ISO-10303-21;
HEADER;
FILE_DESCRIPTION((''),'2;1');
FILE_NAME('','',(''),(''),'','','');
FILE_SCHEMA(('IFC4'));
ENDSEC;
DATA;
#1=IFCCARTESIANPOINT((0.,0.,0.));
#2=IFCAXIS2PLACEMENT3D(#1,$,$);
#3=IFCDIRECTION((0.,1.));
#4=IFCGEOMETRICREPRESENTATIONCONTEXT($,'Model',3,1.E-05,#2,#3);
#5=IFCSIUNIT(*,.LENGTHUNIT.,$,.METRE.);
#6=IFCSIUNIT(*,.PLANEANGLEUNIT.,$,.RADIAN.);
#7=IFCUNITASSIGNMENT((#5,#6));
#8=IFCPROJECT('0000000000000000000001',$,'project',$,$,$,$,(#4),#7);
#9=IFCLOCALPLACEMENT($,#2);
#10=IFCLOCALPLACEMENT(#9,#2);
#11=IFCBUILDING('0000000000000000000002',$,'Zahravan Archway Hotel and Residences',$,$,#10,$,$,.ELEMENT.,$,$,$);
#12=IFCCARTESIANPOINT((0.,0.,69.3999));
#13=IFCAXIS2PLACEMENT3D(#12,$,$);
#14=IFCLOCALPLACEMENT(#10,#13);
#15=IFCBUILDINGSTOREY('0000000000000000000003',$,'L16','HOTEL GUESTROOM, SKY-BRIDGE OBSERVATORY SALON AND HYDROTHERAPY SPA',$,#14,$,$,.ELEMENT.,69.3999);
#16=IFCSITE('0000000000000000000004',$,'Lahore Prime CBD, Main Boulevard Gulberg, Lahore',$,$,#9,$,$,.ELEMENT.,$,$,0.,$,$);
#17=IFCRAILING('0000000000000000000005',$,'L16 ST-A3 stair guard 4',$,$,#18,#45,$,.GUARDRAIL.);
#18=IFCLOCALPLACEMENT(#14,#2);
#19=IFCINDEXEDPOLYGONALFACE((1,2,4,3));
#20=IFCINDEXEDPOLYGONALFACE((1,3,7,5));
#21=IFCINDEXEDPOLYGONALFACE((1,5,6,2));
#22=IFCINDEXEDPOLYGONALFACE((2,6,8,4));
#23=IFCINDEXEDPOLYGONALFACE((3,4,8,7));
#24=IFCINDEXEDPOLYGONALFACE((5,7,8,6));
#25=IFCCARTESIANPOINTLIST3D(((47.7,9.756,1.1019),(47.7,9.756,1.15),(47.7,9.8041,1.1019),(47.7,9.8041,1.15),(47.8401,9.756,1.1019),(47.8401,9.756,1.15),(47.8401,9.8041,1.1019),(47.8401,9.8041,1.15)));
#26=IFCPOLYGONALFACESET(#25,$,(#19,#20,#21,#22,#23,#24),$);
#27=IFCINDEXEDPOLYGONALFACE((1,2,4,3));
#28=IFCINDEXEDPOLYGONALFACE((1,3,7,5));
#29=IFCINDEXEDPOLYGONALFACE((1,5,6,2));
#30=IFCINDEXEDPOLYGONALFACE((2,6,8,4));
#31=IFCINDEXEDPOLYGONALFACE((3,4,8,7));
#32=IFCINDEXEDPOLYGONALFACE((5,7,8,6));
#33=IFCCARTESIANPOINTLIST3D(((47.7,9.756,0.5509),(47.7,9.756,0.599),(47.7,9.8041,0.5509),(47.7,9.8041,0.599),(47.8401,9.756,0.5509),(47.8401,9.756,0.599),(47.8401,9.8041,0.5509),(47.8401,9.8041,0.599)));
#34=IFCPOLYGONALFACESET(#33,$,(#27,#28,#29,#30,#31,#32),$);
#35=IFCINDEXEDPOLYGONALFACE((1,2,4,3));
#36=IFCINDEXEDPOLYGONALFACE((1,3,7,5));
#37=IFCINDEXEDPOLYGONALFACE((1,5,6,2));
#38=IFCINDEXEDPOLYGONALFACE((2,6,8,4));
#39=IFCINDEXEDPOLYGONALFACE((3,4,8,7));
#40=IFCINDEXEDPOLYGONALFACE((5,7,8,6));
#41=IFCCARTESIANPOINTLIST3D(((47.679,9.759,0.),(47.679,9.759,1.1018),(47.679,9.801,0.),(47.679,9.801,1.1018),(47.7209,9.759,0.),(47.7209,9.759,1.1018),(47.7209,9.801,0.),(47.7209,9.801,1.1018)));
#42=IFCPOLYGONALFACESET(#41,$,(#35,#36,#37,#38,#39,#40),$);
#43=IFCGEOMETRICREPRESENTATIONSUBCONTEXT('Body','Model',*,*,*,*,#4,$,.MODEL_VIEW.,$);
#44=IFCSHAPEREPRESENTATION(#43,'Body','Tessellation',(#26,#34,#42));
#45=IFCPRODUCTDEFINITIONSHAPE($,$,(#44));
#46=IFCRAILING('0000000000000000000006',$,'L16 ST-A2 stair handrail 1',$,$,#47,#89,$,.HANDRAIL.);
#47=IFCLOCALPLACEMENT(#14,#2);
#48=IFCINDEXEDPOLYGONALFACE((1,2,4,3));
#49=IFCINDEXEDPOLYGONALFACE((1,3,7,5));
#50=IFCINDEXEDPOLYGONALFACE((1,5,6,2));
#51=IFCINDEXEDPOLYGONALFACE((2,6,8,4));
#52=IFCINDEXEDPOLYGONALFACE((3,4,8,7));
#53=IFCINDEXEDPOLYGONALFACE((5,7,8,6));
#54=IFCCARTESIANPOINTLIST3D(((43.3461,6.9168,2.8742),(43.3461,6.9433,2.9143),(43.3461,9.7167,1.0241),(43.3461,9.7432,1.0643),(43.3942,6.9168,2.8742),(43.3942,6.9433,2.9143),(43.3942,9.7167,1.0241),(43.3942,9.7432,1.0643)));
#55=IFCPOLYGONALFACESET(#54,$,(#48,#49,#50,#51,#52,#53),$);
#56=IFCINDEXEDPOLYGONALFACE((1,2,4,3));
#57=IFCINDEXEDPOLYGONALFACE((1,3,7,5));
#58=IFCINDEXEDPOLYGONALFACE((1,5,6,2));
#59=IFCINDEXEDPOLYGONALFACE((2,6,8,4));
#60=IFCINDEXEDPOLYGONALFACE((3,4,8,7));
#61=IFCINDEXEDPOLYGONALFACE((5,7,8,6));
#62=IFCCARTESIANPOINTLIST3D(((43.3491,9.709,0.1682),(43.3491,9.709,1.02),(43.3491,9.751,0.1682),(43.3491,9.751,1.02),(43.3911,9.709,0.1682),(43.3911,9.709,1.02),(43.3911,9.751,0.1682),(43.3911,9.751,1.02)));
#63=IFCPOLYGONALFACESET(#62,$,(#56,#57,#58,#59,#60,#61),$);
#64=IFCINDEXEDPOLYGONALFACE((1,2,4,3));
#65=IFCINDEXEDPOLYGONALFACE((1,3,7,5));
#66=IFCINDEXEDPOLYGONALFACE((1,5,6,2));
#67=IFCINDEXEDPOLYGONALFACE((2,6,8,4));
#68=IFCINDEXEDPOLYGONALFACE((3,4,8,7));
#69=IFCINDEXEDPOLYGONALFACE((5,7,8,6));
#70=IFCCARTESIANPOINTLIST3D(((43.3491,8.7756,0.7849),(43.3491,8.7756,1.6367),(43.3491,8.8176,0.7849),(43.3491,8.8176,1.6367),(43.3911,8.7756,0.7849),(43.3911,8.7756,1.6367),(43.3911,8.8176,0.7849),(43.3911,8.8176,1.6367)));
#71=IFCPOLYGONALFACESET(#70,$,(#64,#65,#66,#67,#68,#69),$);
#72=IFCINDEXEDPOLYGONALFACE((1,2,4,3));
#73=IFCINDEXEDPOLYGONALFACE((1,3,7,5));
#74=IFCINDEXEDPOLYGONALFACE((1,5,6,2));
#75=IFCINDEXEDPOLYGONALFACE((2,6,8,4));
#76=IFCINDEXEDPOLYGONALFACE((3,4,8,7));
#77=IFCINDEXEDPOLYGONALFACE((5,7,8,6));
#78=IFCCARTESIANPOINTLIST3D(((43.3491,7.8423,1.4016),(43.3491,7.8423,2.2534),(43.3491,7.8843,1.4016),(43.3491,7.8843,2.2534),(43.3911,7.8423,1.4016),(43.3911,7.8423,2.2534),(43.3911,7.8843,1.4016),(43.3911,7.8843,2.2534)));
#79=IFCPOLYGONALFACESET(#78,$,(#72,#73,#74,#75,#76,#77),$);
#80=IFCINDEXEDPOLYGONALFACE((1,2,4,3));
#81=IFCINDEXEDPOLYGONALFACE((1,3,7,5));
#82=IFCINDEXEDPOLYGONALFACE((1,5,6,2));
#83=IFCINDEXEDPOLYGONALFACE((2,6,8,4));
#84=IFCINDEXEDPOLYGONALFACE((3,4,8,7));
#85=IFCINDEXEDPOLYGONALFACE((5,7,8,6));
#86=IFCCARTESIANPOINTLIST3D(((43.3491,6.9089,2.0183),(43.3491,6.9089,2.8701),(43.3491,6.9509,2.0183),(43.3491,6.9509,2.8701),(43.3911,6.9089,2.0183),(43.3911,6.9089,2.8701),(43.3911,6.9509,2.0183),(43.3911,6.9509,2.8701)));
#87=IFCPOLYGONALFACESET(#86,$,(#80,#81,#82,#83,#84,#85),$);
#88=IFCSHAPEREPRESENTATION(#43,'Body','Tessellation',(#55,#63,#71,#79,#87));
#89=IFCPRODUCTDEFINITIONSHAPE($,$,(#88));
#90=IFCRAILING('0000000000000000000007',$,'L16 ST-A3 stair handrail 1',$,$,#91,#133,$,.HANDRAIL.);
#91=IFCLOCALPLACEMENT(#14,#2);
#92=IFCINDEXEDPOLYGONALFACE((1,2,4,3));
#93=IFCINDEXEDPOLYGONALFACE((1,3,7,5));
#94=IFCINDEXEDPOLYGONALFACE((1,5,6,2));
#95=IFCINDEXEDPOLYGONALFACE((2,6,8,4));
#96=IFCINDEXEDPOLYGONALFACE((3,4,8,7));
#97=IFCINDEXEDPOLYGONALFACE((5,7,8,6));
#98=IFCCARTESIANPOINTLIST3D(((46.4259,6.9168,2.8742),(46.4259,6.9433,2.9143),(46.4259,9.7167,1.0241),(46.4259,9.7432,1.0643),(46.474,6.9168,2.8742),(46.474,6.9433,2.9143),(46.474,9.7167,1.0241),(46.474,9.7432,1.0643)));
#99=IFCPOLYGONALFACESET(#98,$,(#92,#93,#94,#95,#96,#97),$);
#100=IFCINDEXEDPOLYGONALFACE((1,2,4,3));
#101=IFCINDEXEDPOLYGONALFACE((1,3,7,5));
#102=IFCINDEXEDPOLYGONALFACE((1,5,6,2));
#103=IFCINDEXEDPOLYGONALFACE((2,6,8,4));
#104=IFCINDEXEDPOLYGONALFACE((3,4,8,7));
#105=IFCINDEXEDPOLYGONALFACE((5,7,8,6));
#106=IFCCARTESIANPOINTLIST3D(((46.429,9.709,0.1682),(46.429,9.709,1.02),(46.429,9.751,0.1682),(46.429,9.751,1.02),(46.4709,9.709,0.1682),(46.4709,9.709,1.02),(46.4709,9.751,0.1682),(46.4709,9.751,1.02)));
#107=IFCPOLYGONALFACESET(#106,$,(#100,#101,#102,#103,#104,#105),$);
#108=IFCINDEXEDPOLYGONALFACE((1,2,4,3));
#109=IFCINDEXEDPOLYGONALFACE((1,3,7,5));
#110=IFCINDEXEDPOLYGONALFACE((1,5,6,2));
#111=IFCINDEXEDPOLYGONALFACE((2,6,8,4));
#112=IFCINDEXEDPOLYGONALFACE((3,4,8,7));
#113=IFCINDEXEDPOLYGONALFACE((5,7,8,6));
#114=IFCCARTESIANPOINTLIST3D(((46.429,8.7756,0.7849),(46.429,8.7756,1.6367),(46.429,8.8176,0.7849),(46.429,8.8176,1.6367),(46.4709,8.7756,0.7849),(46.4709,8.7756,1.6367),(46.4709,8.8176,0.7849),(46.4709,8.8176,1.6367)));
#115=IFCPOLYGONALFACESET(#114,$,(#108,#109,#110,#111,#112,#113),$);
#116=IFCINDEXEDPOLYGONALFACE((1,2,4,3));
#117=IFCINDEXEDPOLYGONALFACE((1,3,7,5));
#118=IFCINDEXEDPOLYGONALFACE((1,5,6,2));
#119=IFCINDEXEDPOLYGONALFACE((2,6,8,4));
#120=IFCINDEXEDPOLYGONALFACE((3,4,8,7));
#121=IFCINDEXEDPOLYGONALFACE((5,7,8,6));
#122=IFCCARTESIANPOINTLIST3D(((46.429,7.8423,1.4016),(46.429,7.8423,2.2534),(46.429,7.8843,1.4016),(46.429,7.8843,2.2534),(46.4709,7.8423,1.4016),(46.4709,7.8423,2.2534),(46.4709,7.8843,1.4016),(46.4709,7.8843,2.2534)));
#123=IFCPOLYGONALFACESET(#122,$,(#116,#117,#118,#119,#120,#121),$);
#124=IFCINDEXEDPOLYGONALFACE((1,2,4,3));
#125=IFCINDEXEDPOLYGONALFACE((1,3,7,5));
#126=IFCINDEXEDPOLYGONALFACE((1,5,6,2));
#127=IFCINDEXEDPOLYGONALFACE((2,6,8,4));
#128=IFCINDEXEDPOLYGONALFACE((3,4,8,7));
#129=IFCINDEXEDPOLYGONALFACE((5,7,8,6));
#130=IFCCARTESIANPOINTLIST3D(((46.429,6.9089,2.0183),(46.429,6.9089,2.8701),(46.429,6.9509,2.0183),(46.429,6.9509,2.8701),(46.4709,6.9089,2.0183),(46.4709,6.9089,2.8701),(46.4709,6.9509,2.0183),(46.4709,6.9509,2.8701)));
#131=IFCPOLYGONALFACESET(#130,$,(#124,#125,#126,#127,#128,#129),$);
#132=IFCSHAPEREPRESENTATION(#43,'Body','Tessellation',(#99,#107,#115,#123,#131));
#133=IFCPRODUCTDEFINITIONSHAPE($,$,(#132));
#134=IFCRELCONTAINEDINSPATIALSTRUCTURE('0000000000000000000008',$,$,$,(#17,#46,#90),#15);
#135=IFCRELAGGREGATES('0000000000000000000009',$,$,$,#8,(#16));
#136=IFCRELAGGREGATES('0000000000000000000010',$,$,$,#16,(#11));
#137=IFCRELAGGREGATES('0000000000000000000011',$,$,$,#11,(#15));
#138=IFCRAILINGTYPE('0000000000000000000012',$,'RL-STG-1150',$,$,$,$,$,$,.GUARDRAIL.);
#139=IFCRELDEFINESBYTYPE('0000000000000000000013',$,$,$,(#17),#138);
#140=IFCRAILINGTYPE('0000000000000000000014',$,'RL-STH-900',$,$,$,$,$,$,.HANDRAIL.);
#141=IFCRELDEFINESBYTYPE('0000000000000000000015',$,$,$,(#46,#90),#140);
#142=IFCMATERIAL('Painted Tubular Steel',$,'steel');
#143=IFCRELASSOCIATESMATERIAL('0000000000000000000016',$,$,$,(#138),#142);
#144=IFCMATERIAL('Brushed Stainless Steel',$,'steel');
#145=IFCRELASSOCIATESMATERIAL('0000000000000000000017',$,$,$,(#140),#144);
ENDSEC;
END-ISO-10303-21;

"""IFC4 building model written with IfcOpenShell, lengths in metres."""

from ifc_helpers import new_model, si_unit, direction, frame, origin, origin_2d, place, context, subcontext, project, spatial, rectangle, extrude, material, type_object, element, save


model = new_model("IFC4")

# Units and contexts
model_context = context("Model", 3, precision=1e-05, world=origin(), true_north=direction((0.0, 1.0)))
body_context = subcontext(model_context, "Body", "Model", "MODEL_VIEW")
ifc_project = project(units=[si_unit("LENGTHUNIT", "METRE"), si_unit("PLANEANGLEUNIT", "RADIAN")], contexts=[model_context])

# Site, building, storey
site_placement = place(None, origin())
site = spatial("IfcSite", under=ifc_project, at=site_placement, Name="Lahore Prime CBD, Main Boulevard Gulberg, Lahore", CompositionType="ELEMENT", RefElevation=0.0)
building_placement = place(site_placement, origin())
building = spatial("IfcBuilding", under=site, at=building_placement, Name="Zahravan Archway Hotel and Residences", CompositionType="ELEMENT")
storey_placement = place(building_placement, frame((0.0, 0.0, 69.3999)))
storey = spatial("IfcBuildingStorey", under=building, at=storey_placement, Name="L16", Description="HOTEL GUESTROOM, SKY-BRIDGE OBSERVATORY SALON AND HYDROTHERAPY SPA", CompositionType="ELEMENT", Elevation=69.3999)

# Railings
ifc_material_1 = material(Name="Painted Tubular Steel", Category="steel")
railing_type_1 = type_object("IfcRailingType", Name="RL-STG-1150", PredefinedType="GUARDRAIL", material=ifc_material_1)
railing_1_placement = place(storey_placement, frame((47.7, 9.78, 0.0)))
element("IfcRailing", 1, at=railing_1_placement, inside=storey, type_object=railing_type_1, Name="L16 ST-A3 stair guard 4", PredefinedType="GUARDRAIL", context=body_context, shape_type="SweptSolid", body=[
    extrude(rectangle(XDim=0.0481, YDim=0.0481, at=origin_2d()), frame((0.0, 0.0, 1.126), z_axis=(1.0, 0.0, 0.0), x_axis=(0.0, 1.0, 0.0)), (0.0, 0.0, 1.0), 0.1401),
    extrude(rectangle(XDim=0.0481, YDim=0.0481, at=origin_2d()), frame((0.0, 0.0, 0.575), z_axis=(1.0, 0.0, 0.0), x_axis=(0.0, 1.0, 0.0)), (0.0, 0.0, 1.0), 0.1401),
    extrude(rectangle(XDim=0.042, YDim=0.042, at=origin_2d()), origin(), (0.0, 0.0, 1.0), 1.1018),
])
ifc_material_2 = material(Name="Brushed Stainless Steel", Category="steel")
railing_type_2 = type_object("IfcRailingType", Name="RL-STH-900", PredefinedType="HANDRAIL", material=ifc_material_2)
for number, where, name in (
    (2, (43.3701, 9.73, 0.1682), "L16 ST-A2 stair handrail 1"),
    (3, (46.45, 9.73, 0.1682), "L16 ST-A3 stair handrail 1"),
):
    element("IfcRailing", number, at=place(storey_placement, frame(where)), inside=storey, type_object=railing_type_2, Name=name, PredefinedType="HANDRAIL", context=body_context, shape_type="SweptSolid", body=[
        extrude(rectangle(XDim=0.0481, YDim=0.0481, at=origin_2d()), frame((0.0, 0.0, 0.876), z_axis=(0.0, -0.834326, 0.551271), x_axis=(1.0, 0.0, 0.0)), (0.0, 0.0, 1.0), 3.356),
        extrude(rectangle(XDim=0.042, YDim=0.042, at=origin_2d()), origin(), (0.0, 0.0, 1.0), 0.8518),
        extrude(rectangle(XDim=0.042, YDim=0.042, at=origin_2d()), frame((0.0, -0.9333, 0.6167)), (0.0, 0.0, 1.0), 0.8518),
        extrude(rectangle(XDim=0.042, YDim=0.042, at=origin_2d()), frame((0.0, -1.8667, 1.2334)), (0.0, 0.0, 1.0), 0.8518),
        extrude(rectangle(XDim=0.042, YDim=0.042, at=origin_2d()), frame((0.0, -2.8, 1.8501)), (0.0, 0.0, 1.0), 0.8518),
    ])

save(model, "model.ifc")
